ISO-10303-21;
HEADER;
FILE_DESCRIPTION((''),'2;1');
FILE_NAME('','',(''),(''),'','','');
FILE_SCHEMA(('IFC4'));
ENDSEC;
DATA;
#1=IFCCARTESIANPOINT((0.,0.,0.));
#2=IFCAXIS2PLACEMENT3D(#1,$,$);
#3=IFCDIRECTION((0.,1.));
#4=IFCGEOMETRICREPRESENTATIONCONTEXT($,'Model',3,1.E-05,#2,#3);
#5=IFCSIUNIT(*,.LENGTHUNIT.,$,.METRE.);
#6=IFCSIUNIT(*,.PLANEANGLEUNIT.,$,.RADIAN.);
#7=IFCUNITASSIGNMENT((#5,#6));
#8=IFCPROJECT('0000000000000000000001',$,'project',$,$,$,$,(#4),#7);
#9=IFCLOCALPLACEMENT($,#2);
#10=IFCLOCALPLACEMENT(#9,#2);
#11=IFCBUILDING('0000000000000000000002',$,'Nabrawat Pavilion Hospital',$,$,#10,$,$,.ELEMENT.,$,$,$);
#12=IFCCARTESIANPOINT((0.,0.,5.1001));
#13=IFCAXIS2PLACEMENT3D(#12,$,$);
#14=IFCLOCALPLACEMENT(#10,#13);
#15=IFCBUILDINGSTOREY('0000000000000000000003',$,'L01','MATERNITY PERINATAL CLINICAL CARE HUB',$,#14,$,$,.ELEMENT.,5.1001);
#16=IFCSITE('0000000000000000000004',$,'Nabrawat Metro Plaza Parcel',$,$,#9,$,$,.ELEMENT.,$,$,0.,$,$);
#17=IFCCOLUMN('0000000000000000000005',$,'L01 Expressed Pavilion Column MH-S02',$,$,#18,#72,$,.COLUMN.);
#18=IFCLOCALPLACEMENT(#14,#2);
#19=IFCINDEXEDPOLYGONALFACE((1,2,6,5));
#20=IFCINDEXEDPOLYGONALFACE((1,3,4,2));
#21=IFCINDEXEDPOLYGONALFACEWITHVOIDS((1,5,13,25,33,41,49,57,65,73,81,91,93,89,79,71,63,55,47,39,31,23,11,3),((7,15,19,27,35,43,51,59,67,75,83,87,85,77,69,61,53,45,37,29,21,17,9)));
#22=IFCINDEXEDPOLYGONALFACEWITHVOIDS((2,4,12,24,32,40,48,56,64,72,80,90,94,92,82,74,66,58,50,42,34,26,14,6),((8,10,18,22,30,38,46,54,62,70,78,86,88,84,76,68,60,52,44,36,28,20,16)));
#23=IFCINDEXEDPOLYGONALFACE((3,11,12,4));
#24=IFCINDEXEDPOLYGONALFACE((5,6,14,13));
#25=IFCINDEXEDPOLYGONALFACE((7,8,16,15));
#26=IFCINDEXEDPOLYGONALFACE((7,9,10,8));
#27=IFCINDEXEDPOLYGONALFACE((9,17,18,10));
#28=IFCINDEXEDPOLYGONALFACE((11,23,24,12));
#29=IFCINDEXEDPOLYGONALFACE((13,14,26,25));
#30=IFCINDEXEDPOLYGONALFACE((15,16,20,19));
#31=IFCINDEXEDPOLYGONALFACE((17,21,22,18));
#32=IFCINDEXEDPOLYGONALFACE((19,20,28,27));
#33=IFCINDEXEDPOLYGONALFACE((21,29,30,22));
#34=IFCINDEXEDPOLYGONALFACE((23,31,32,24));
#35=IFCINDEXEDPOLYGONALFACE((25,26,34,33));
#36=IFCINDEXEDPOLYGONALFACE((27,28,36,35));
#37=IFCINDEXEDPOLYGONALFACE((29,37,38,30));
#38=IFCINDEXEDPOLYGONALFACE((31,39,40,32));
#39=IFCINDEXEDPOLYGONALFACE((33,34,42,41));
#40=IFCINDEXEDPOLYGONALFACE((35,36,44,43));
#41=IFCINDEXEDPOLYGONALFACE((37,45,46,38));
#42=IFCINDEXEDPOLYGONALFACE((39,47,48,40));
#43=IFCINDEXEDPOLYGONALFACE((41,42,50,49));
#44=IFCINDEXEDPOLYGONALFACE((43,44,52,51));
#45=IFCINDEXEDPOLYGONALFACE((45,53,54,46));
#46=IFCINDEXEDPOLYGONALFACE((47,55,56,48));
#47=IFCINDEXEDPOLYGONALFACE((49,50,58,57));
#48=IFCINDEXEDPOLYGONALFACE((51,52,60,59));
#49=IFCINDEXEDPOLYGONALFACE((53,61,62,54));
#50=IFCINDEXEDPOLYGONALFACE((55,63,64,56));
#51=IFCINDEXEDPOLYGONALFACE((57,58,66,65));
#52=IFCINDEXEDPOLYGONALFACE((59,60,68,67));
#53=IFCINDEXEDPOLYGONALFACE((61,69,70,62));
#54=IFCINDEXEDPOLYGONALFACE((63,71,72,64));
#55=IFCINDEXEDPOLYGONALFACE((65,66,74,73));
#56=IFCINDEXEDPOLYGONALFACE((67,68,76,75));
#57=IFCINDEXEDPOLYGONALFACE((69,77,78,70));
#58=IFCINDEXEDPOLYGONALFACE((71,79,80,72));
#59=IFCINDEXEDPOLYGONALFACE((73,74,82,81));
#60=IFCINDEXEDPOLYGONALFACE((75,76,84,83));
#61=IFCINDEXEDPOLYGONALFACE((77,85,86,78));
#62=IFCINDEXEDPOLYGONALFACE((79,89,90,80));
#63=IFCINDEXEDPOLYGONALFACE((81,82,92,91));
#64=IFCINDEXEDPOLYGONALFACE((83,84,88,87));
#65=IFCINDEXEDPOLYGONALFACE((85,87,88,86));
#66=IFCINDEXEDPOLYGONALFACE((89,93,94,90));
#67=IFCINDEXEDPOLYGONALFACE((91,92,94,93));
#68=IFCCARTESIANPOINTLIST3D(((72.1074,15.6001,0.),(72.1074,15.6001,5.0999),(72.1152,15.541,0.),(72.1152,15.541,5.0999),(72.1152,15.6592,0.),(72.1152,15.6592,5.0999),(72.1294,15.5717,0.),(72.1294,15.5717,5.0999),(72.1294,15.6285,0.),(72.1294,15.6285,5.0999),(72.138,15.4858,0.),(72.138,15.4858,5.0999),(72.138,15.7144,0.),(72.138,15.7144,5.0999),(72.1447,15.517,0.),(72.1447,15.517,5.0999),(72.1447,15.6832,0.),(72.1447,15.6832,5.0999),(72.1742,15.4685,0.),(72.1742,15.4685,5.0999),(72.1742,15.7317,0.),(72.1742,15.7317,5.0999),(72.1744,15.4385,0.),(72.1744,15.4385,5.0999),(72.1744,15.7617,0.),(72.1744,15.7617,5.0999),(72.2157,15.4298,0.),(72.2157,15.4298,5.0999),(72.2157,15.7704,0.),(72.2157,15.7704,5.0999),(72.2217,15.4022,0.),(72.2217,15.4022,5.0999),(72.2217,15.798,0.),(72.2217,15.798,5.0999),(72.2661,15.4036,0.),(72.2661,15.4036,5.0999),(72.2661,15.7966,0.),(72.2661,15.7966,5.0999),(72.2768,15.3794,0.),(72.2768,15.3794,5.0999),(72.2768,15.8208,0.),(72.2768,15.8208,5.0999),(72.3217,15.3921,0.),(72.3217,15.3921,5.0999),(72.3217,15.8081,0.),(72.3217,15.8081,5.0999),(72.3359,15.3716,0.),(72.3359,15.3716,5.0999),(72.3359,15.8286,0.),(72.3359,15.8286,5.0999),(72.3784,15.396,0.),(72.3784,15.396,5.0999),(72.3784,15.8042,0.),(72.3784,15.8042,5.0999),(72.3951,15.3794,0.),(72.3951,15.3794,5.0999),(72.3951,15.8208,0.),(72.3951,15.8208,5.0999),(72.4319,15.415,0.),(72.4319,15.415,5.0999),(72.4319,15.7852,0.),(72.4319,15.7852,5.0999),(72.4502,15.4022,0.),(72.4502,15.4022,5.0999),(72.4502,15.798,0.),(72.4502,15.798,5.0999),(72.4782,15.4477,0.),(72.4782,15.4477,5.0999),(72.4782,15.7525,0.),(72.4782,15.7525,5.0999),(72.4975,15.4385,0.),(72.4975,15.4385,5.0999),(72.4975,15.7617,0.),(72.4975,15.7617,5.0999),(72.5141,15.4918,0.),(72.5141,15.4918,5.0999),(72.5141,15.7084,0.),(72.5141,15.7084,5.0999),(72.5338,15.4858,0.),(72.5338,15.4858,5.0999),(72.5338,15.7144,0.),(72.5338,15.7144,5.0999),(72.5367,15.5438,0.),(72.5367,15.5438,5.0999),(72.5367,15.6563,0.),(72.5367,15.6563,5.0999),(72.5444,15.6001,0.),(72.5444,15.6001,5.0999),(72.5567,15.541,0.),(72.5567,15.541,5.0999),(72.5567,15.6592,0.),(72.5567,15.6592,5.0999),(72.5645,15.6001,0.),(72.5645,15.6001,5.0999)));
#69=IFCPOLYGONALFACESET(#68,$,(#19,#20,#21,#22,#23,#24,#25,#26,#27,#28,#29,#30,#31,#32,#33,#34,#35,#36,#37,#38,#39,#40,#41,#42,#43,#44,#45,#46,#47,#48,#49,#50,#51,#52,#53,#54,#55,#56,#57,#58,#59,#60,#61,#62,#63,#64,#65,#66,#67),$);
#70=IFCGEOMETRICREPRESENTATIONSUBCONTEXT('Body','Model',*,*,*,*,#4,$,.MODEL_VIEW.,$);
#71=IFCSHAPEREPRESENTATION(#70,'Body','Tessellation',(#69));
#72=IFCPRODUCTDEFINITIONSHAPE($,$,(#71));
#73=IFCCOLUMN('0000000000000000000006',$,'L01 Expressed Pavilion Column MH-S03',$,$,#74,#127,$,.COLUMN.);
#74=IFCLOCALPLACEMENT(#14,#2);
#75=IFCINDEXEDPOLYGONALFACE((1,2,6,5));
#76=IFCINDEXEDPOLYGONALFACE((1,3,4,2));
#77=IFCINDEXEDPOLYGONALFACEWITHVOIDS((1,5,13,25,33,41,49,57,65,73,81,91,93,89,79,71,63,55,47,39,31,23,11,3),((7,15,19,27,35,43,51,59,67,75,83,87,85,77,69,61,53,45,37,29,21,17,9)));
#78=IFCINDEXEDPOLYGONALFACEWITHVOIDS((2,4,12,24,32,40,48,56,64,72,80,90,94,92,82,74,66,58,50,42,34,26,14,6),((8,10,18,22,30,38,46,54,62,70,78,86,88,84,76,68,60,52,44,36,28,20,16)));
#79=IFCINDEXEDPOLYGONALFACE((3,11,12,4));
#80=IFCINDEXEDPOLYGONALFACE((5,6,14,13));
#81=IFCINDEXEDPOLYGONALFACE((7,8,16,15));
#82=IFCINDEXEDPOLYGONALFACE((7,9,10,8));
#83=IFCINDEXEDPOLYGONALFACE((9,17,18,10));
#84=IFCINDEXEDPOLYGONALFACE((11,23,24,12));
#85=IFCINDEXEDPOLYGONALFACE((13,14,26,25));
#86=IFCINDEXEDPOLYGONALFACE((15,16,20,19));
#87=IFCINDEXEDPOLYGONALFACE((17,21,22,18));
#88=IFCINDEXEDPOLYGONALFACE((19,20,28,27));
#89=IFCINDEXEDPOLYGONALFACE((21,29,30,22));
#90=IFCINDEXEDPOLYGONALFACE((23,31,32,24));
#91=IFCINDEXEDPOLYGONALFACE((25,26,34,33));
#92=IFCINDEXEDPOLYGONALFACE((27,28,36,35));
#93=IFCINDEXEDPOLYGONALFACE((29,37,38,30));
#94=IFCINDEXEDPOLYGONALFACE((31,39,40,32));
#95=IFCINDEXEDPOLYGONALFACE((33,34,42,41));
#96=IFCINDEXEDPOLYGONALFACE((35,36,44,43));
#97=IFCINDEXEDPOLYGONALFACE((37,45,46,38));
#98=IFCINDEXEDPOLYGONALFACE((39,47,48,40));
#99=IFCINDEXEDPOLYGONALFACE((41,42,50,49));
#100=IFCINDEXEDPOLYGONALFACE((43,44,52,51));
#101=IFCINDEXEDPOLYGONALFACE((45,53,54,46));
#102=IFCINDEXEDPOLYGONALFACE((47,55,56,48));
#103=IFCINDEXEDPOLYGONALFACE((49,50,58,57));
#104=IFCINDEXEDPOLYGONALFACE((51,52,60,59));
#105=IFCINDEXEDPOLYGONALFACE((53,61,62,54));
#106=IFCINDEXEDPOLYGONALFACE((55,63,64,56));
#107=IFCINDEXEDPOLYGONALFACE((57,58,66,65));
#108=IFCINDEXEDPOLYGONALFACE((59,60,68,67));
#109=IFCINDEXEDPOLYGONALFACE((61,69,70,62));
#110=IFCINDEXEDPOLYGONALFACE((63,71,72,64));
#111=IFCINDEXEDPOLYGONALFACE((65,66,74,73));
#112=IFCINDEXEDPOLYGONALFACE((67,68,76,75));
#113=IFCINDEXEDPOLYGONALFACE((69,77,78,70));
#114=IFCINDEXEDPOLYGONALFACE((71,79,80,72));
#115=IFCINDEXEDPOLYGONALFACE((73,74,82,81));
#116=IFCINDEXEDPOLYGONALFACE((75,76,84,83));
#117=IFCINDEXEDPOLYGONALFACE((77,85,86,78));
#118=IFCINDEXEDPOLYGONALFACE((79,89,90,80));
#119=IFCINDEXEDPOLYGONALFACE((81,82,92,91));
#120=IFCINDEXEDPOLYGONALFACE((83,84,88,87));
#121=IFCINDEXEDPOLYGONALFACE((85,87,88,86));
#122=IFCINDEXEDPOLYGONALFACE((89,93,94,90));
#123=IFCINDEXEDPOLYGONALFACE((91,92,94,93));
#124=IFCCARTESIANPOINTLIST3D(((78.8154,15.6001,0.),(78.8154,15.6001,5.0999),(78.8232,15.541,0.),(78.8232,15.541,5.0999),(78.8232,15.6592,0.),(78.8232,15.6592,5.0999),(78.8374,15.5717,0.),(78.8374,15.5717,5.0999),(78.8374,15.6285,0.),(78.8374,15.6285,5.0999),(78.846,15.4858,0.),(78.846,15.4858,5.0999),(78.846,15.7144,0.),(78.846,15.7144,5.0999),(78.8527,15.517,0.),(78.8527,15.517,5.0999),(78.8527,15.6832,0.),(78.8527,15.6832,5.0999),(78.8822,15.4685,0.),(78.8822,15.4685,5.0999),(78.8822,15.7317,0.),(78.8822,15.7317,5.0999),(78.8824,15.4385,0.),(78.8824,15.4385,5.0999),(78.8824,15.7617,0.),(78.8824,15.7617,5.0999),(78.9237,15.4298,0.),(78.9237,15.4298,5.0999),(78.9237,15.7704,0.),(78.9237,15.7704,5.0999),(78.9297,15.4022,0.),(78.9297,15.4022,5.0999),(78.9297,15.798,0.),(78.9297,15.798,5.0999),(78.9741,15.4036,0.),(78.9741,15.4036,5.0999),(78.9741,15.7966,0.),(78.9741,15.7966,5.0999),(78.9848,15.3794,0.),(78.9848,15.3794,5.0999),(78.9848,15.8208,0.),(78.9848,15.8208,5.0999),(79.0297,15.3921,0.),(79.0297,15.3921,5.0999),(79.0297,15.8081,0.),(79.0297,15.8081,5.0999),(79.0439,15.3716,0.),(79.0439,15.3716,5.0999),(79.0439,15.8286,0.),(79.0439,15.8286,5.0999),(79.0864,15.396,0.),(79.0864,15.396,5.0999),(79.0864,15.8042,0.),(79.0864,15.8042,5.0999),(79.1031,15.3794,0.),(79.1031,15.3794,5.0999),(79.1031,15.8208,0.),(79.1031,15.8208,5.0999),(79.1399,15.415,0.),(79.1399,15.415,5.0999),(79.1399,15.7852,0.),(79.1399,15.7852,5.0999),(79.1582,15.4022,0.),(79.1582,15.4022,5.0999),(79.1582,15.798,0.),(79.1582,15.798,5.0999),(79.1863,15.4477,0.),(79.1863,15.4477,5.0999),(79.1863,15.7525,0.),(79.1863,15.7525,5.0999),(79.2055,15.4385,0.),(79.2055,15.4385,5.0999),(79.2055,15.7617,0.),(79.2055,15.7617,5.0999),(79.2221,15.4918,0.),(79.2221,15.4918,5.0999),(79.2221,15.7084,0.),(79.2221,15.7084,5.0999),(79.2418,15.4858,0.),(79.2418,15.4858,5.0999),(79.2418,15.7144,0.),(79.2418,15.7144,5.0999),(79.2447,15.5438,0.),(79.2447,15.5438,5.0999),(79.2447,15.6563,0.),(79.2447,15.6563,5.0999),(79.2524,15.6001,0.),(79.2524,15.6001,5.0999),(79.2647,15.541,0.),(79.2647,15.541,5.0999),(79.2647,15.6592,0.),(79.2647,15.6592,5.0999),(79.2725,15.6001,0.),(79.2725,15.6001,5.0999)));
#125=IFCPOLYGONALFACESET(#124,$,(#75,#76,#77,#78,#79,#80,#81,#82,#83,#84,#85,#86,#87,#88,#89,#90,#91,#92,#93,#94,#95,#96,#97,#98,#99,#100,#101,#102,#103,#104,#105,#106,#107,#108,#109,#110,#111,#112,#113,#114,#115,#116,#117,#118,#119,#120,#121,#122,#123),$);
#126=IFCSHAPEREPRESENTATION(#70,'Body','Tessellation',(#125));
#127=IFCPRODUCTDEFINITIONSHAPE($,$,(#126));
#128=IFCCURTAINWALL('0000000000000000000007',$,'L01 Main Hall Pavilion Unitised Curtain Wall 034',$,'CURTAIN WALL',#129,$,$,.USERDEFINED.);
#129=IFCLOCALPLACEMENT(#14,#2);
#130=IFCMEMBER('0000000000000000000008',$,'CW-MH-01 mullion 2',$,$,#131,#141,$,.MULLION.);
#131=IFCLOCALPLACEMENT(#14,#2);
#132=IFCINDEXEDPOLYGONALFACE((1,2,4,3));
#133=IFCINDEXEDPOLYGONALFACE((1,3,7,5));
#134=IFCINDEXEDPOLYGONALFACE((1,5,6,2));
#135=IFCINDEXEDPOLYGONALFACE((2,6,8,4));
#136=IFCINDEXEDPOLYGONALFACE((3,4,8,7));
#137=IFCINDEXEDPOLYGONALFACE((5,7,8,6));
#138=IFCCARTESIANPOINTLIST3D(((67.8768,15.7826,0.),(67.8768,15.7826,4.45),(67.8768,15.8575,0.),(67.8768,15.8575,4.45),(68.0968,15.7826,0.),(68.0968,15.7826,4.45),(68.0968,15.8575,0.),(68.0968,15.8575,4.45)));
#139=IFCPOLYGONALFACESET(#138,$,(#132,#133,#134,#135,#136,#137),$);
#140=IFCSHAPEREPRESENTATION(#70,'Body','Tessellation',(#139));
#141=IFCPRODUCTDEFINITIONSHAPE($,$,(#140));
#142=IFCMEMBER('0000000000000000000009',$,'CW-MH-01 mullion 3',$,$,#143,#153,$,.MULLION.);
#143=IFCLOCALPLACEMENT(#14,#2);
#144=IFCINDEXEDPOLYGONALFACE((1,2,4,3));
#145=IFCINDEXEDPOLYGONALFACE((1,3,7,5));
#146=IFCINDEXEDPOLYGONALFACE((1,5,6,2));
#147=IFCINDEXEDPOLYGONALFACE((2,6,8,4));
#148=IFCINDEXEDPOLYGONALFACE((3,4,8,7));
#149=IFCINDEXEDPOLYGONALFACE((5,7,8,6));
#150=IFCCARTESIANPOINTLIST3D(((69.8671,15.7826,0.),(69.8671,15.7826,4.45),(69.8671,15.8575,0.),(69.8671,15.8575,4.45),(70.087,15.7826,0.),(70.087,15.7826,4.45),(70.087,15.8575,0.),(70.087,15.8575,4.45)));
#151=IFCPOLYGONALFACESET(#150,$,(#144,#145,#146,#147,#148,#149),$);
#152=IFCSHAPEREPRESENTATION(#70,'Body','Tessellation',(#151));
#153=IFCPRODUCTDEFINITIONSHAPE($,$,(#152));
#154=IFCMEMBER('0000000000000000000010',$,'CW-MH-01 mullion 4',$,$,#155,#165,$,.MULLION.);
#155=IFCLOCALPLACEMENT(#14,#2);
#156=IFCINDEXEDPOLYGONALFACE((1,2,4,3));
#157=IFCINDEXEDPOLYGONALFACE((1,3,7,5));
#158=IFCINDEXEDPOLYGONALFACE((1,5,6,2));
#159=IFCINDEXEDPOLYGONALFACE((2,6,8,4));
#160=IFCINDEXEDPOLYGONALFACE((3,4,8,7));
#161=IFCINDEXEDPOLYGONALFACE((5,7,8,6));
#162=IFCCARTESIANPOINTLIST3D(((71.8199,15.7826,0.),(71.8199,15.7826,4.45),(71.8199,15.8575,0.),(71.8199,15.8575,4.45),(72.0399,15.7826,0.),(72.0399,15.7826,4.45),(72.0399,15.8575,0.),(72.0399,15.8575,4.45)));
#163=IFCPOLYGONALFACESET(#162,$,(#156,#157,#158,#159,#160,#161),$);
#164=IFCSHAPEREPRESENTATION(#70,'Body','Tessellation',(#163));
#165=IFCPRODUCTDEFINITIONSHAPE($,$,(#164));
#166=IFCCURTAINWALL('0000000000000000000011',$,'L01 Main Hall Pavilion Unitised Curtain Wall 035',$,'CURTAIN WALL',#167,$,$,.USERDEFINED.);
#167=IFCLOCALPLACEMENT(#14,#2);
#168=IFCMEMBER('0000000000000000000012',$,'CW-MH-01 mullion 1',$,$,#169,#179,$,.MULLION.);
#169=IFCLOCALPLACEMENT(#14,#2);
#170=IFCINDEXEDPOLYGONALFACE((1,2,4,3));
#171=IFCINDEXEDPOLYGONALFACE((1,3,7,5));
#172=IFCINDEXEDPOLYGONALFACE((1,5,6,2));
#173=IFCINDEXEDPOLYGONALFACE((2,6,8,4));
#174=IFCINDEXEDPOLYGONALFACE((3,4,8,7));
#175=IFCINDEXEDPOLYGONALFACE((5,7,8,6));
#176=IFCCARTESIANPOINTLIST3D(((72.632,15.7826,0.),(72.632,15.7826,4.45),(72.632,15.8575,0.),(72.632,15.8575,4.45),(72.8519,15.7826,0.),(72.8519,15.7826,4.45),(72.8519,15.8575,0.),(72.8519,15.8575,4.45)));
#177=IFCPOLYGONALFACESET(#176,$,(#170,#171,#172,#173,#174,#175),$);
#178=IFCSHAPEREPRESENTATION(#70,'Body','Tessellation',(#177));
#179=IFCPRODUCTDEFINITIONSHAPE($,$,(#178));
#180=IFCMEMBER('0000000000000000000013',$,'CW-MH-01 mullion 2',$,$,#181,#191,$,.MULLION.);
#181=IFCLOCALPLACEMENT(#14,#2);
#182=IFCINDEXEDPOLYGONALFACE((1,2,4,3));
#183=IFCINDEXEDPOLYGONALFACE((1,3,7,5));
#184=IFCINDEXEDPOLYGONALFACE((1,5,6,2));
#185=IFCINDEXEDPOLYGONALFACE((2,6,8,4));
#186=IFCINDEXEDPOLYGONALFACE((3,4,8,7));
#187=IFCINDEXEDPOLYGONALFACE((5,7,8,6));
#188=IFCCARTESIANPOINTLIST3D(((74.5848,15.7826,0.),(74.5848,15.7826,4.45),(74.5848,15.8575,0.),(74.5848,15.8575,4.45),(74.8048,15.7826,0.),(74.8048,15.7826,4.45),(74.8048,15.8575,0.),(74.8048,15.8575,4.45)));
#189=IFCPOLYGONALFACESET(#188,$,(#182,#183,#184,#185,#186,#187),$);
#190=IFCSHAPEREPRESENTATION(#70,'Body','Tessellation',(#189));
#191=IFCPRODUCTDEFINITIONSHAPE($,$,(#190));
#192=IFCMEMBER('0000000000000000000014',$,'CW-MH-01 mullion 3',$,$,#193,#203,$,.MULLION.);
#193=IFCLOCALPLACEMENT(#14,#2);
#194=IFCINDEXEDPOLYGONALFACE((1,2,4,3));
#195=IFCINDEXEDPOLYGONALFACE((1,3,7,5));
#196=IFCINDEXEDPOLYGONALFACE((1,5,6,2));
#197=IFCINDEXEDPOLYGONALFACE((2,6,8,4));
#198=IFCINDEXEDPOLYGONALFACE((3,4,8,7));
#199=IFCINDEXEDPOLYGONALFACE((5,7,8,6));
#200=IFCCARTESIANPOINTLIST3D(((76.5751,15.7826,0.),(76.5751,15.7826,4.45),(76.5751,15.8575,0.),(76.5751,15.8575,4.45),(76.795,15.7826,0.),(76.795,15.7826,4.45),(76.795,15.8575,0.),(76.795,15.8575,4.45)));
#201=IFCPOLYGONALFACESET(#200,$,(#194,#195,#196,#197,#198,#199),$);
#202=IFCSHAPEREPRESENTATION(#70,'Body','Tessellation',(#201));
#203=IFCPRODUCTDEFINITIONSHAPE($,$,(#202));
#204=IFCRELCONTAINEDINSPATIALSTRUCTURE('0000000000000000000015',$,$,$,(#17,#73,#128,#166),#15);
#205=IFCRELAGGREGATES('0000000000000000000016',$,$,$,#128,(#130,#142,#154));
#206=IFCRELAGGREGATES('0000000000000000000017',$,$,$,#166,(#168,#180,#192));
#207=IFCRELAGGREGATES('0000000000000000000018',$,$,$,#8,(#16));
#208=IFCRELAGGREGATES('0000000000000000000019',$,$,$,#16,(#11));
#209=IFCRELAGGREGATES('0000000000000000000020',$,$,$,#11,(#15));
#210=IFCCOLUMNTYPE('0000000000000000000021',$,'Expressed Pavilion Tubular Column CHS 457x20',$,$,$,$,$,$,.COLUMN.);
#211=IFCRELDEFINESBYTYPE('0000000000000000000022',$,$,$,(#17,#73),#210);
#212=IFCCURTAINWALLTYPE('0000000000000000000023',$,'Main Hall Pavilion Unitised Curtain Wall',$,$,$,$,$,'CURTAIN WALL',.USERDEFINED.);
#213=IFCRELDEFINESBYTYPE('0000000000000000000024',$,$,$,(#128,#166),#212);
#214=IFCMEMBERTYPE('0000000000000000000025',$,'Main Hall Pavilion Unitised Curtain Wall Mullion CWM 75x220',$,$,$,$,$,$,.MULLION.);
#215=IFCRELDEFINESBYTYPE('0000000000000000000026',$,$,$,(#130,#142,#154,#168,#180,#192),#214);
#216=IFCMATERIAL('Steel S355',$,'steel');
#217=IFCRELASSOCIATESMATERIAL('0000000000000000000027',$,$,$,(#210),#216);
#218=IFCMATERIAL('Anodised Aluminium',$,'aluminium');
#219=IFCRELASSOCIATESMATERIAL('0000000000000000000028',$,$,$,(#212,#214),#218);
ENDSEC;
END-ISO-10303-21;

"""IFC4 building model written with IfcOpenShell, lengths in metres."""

from ifc_helpers import new_model, si_unit, direction, frame, origin, origin_2d, place, context, subcontext, project, spatial, rectangle, hollow_circle, extrude, material, material_profile, profile_set, type_object, element, aggregate, save


model = new_model("IFC4")

# Units and contexts
model_context = context("Model", 3, precision=1e-05, world=origin(), true_north=direction((0.0, 1.0)))
body_context = subcontext(model_context, "Body", "Model", "MODEL_VIEW")
ifc_project = project(units=[si_unit("LENGTHUNIT", "METRE"), si_unit("PLANEANGLEUNIT", "RADIAN")], contexts=[model_context])

# Site, building, storey
site_placement = place(None, origin())
site = spatial("IfcSite", under=ifc_project, at=site_placement, Name="Nabrawat Metro Plaza Parcel", CompositionType="ELEMENT", RefElevation=0.0)
building_placement = place(site_placement, origin())
building = spatial("IfcBuilding", under=site, at=building_placement, Name="Nabrawat Pavilion Hospital", CompositionType="ELEMENT")
storey_placement = place(building_placement, frame((0.0, 0.0, 5.1001)))
storey = spatial("IfcBuildingStorey", under=building, at=storey_placement, Name="L01", Description="MATERNITY PERINATAL CLINICAL CARE HUB", CompositionType="ELEMENT", Elevation=5.1001)

# Columns
ifc_material_1 = material(Name="Steel S355", Category="steel")
ifc_material_profile_1 = material_profile(ifc_material_1, hollow_circle(Radius=0.2285, WallThickness=0.02, at=origin_2d()), Name="CHS 457x20")
ifc_profile_set_1 = profile_set([ifc_material_profile_1], Name="Steel S355")
column_type = type_object("IfcColumnType", Name="Expressed Pavilion Tubular Column CHS 457x20", PredefinedType="COLUMN", material=ifc_profile_set_1)
for number, where, z_axis, x_axis, name in (
    (1, (72.3359, 15.6001, 0.0), (0.0, 0.0, 1.0), (1.0, 0.0, 0.0), "L01 Expressed Pavilion Column MH-S02"),
    (2, (79.0439, 15.6001, 0.0), (0.0, 0.0, 1.0), (1.0, 0.0, 0.0), "L01 Expressed Pavilion Column MH-S03"),
):
    element("IfcColumn", number, at=place(storey_placement, frame(where, z_axis=z_axis, x_axis=x_axis)), inside=storey, type_object=column_type, Name=name, PredefinedType="COLUMN", context=body_context, shape_type="SweptSolid", body=[
        extrude(hollow_circle(Radius=0.2285, WallThickness=0.02, at=origin_2d()), origin(), (0.0, 0.0, 1.0), 5.0999),
    ])

# Curtain walls, members
ifc_material_2 = material(Name="Anodised Aluminium", Category="aluminium")
curtain_wall_type = type_object("IfcCurtainWallType", Name="Main Hall Pavilion Unitised Curtain Wall", ElementType="CURTAIN WALL", PredefinedType="USERDEFINED", material=ifc_material_2)
curtain_wall_1_placement = place(storey_placement, origin())
curtain_wall_1 = element("IfcCurtainWall", 3, at=curtain_wall_1_placement, inside=storey, type_object=curtain_wall_type, Name="L01 Main Hall Pavilion Unitised Curtain Wall 034", ObjectType="CURTAIN WALL", PredefinedType="USERDEFINED")
ifc_material_profile_2 = material_profile(ifc_material_2, rectangle(XDim=0.075, YDim=0.22, at=origin_2d()), Name="CWM 75x220")
ifc_profile_set_2 = profile_set([ifc_material_profile_2], Name="Anodised Aluminium")
member_type_1 = type_object("IfcMemberType", Name="Main Hall Pavilion Unitised Curtain Wall Mullion CWM 75x220", PredefinedType="MULLION", material=ifc_profile_set_2)
member_1_placement = place(storey_placement, frame((67.9868, 15.8201, 0.0), z_axis=(0.0, 0.0, 1.0), x_axis=(0.0, 1.0, 0.0)))
member_1 = element("IfcMember", 4, at=member_1_placement, type_object=member_type_1, Name="CW-MH-01 mullion 2", PredefinedType="MULLION", context=body_context, shape_type="SweptSolid", body=[
    extrude(rectangle(XDim=0.075, YDim=0.22, at=origin_2d()), origin(), (0.0, 0.0, 1.0), 4.45),
])
member_2_placement = place(storey_placement, frame((69.9771, 15.8201, 0.0), z_axis=(0.0, 0.0, 1.0), x_axis=(0.0, 1.0, 0.0)))
member_2 = element("IfcMember", 5, at=member_2_placement, type_object=member_type_1, Name="CW-MH-01 mullion 3", PredefinedType="MULLION", context=body_context, shape_type="SweptSolid", body=[
    extrude(rectangle(XDim=0.075, YDim=0.22, at=origin_2d()), origin(), (0.0, 0.0, 1.0), 4.45),
])
member_3_placement = place(storey_placement, frame((71.9299, 15.8201, 0.0), z_axis=(0.0, 0.0, 1.0), x_axis=(0.0, 1.0, 0.0)))
member_3 = element("IfcMember", 6, at=member_3_placement, type_object=member_type_1, Name="CW-MH-01 mullion 4", PredefinedType="MULLION", context=body_context, shape_type="SweptSolid", body=[
    extrude(rectangle(XDim=0.075, YDim=0.22, at=origin_2d()), origin(), (0.0, 0.0, 1.0), 4.45),
])
curtain_wall_2_placement = place(storey_placement, origin())
curtain_wall_2 = element("IfcCurtainWall", 7, at=curtain_wall_2_placement, inside=storey, type_object=curtain_wall_type, Name="L01 Main Hall Pavilion Unitised Curtain Wall 035", ObjectType="CURTAIN WALL", PredefinedType="USERDEFINED")
member_4_placement = place(storey_placement, frame((72.7419, 15.8201, 0.0), z_axis=(0.0, 0.0, 1.0), x_axis=(0.0, 1.0, 0.0)))
member_4 = element("IfcMember", 8, at=member_4_placement, type_object=member_type_1, Name="CW-MH-01 mullion 1", PredefinedType="MULLION", context=body_context, shape_type="SweptSolid", body=[
    extrude(rectangle(XDim=0.075, YDim=0.22, at=origin_2d()), origin(), (0.0, 0.0, 1.0), 4.45),
])
member_5_placement = place(storey_placement, frame((74.6948, 15.8201, 0.0), z_axis=(0.0, 0.0, 1.0), x_axis=(0.0, 1.0, 0.0)))
member_5 = element("IfcMember", 9, at=member_5_placement, type_object=member_type_1, Name="CW-MH-01 mullion 2", PredefinedType="MULLION", context=body_context, shape_type="SweptSolid", body=[
    extrude(rectangle(XDim=0.075, YDim=0.22, at=origin_2d()), origin(), (0.0, 0.0, 1.0), 4.45),
])
member_6_placement = place(storey_placement, frame((76.6851, 15.8201, 0.0), z_axis=(0.0, 0.0, 1.0), x_axis=(0.0, 1.0, 0.0)))
member_6 = element("IfcMember", 10, at=member_6_placement, type_object=member_type_1, Name="CW-MH-01 mullion 3", PredefinedType="MULLION", context=body_context, shape_type="SweptSolid", body=[
    extrude(rectangle(XDim=0.075, YDim=0.22, at=origin_2d()), origin(), (0.0, 0.0, 1.0), 4.45),
])

aggregate(curtain_wall_1, [member_1, member_2, member_3])
aggregate(curtain_wall_2, [member_4, member_5, member_6])

save(model, "model.ifc")
